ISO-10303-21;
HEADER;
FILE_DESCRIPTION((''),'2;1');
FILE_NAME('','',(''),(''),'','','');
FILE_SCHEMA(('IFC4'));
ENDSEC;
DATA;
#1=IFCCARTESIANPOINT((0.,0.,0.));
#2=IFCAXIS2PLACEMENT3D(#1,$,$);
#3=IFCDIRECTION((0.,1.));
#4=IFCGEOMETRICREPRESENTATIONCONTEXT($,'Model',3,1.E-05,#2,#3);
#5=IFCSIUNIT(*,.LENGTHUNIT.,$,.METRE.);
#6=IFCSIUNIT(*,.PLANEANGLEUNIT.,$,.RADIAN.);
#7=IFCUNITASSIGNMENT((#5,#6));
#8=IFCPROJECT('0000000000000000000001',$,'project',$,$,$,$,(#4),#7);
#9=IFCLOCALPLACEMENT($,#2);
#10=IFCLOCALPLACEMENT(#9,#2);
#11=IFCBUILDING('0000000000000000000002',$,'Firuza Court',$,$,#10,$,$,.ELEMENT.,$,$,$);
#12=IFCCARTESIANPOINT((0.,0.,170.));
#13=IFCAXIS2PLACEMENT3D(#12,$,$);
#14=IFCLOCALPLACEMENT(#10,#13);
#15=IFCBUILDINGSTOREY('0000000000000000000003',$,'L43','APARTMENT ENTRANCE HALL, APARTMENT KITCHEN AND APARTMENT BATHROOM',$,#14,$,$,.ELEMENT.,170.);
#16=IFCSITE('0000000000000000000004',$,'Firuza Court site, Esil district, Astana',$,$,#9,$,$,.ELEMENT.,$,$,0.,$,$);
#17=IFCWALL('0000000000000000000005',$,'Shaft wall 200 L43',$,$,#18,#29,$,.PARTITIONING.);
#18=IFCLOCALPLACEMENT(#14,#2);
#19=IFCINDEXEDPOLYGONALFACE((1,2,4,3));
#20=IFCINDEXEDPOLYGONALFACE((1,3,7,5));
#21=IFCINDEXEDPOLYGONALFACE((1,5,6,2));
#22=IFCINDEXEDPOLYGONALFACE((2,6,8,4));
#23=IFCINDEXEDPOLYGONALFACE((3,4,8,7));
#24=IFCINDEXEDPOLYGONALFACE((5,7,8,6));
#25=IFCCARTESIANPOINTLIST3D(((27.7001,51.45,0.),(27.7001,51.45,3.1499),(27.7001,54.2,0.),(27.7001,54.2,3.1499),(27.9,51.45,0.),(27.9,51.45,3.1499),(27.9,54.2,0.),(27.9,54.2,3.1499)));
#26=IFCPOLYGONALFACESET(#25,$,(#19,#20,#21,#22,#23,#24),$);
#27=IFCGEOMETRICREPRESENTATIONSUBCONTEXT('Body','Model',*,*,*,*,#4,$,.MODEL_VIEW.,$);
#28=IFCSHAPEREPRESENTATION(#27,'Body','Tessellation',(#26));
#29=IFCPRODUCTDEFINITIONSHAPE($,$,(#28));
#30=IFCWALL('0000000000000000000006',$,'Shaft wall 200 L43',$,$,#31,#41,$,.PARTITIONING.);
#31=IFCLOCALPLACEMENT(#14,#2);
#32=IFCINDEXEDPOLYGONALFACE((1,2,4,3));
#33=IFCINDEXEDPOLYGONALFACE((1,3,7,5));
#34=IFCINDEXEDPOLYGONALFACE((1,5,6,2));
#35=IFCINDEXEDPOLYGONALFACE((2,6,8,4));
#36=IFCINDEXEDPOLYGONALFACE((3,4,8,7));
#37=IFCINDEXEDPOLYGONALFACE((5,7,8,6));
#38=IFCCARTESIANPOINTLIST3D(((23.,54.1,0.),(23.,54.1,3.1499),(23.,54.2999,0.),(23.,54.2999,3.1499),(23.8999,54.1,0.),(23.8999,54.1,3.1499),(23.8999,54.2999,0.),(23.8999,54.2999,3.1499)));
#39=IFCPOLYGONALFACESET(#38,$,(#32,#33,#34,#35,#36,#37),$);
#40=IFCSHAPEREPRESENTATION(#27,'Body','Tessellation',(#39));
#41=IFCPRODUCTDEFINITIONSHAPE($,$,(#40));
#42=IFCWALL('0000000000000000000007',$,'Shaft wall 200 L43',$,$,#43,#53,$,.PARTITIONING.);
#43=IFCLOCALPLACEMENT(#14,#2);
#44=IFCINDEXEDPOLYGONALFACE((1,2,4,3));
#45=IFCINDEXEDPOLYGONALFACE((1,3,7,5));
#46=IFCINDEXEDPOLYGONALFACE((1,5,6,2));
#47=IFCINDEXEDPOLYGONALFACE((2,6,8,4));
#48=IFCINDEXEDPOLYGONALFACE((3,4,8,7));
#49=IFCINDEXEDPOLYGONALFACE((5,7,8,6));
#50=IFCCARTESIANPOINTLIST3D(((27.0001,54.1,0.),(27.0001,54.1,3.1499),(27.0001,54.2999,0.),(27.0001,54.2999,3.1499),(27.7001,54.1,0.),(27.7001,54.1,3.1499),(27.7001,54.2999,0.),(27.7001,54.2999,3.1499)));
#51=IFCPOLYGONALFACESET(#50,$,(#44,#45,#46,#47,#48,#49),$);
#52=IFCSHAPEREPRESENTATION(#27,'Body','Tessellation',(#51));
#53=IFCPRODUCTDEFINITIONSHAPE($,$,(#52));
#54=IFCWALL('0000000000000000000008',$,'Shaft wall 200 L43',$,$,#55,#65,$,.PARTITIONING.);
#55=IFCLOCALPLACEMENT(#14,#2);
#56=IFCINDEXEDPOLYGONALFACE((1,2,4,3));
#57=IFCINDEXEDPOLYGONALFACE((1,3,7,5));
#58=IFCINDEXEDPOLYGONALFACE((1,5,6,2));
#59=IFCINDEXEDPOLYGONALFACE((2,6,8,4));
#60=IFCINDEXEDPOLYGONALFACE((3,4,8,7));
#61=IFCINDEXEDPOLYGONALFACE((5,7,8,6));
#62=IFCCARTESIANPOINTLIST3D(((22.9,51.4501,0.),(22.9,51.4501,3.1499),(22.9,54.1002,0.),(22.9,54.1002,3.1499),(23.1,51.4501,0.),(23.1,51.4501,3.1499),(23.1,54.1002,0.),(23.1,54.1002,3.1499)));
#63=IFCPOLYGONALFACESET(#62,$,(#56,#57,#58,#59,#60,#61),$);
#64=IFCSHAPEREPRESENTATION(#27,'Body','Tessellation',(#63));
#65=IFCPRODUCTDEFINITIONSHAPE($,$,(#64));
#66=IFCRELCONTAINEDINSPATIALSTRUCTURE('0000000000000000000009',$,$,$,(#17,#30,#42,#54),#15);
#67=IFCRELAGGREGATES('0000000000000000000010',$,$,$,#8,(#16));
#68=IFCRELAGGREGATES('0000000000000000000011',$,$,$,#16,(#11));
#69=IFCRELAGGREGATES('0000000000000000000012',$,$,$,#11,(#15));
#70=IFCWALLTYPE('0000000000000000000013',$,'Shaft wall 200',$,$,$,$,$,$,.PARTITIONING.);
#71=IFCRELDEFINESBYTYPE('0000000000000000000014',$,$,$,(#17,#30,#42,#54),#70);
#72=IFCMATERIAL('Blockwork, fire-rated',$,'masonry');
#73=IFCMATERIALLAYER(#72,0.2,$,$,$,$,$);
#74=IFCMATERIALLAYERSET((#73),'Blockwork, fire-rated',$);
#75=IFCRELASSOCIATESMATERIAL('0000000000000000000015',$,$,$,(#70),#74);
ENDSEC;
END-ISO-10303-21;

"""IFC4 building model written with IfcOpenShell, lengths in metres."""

from ifc_helpers import new_model, si_unit, direction, frame, frame_2d, origin, place, context, subcontext, project, spatial, rectangle, extrude, material, layer, layer_set, type_object, element, save


model = new_model("IFC4")

# Units and contexts
model_context = context("Model", 3, precision=1e-05, world=origin(), true_north=direction((0.0, 1.0)))
body_context = subcontext(model_context, "Body", "Model", "MODEL_VIEW")
ifc_project = project(units=[si_unit("LENGTHUNIT", "METRE"), si_unit("PLANEANGLEUNIT", "RADIAN")], contexts=[model_context])

# Site, building, storey
site_placement = place(None, origin())
site = spatial("IfcSite", under=ifc_project, at=site_placement, Name="Firuza Court site, Esil district, Astana", CompositionType="ELEMENT", RefElevation=0.0)
building_placement = place(site_placement, origin())
building = spatial("IfcBuilding", under=site, at=building_placement, Name="Firuza Court", CompositionType="ELEMENT")
storey_placement = place(building_placement, frame((0.0, 0.0, 170.0)))
storey = spatial("IfcBuildingStorey", under=building, at=storey_placement, Name="L43", Description="APARTMENT ENTRANCE HALL, APARTMENT KITCHEN AND APARTMENT BATHROOM", CompositionType="ELEMENT", Elevation=170.0)

# Shared definitions
ifc_material_1 = material(Name="Blockwork, fire-rated", Category="masonry")

# Shared definitions
ifc_layer_1 = layer(ifc_material_1, 0.2)
ifc_layer_set_1 = layer_set([ifc_layer_1], Name="Blockwork, fire-rated")
wall_type_1 = type_object("IfcWallType", Name="Shaft wall 200", PredefinedType="PARTITIONING", material=ifc_layer_set_1)

# Walls
wall_1_placement = place(storey_placement, frame((27.8, 51.45, 0.0), z_axis=(0.0, 0.0, 1.0), x_axis=(0.0, 1.0, 0.0)))
element("IfcWall", 1, at=wall_1_placement, inside=storey, type_object=wall_type_1, Name="Shaft wall 200 L43", PredefinedType="PARTITIONING", context=body_context, shape_type="SweptSolid", body=[
    extrude(rectangle(XDim=2.75, YDim=0.2, at=frame_2d((1.375, 0.0))), origin(), (0.0, 0.0, 1.0), 3.1499),
])
wall_2_placement = place(storey_placement, frame((23.0, 54.2, 0.0), z_axis=(0.0, 0.0, 1.0), x_axis=(1.0, 0.0, 0.0)))
element("IfcWall", 2, at=wall_2_placement, inside=storey, type_object=wall_type_1, Name="Shaft wall 200 L43", PredefinedType="PARTITIONING", context=body_context, shape_type="SweptSolid", body=[
    extrude(rectangle(XDim=0.8999, YDim=0.2, at=frame_2d((0.45, 0.0))), origin(), (0.0, 0.0, 1.0), 3.1499),
])
wall_3_placement = place(storey_placement, frame((27.0, 54.2, 0.0), z_axis=(0.0, 0.0, 1.0), x_axis=(1.0, 0.0, 0.0)))
element("IfcWall", 3, at=wall_3_placement, inside=storey, type_object=wall_type_1, Name="Shaft wall 200 L43", PredefinedType="PARTITIONING", context=body_context, shape_type="SweptSolid", body=[
    extrude(rectangle(XDim=0.7, YDim=0.2, at=frame_2d((0.3501, 0.0))), origin(), (0.0, 0.0, 1.0), 3.1499),
])
wall_4_placement = place(storey_placement, frame((23.0, 51.45, 0.0), z_axis=(0.0, 0.0, 1.0), x_axis=(0.0, 1.0, 0.0)))
element("IfcWall", 4, at=wall_4_placement, inside=storey, type_object=wall_type_1, Name="Shaft wall 200 L43", PredefinedType="PARTITIONING", context=body_context, shape_type="SweptSolid", body=[
    extrude(rectangle(XDim=2.6501, YDim=0.2, at=frame_2d((1.3252, 0.0))), origin(), (0.0, 0.0, 1.0), 3.1499),
])

save(model, "model.ifc")
